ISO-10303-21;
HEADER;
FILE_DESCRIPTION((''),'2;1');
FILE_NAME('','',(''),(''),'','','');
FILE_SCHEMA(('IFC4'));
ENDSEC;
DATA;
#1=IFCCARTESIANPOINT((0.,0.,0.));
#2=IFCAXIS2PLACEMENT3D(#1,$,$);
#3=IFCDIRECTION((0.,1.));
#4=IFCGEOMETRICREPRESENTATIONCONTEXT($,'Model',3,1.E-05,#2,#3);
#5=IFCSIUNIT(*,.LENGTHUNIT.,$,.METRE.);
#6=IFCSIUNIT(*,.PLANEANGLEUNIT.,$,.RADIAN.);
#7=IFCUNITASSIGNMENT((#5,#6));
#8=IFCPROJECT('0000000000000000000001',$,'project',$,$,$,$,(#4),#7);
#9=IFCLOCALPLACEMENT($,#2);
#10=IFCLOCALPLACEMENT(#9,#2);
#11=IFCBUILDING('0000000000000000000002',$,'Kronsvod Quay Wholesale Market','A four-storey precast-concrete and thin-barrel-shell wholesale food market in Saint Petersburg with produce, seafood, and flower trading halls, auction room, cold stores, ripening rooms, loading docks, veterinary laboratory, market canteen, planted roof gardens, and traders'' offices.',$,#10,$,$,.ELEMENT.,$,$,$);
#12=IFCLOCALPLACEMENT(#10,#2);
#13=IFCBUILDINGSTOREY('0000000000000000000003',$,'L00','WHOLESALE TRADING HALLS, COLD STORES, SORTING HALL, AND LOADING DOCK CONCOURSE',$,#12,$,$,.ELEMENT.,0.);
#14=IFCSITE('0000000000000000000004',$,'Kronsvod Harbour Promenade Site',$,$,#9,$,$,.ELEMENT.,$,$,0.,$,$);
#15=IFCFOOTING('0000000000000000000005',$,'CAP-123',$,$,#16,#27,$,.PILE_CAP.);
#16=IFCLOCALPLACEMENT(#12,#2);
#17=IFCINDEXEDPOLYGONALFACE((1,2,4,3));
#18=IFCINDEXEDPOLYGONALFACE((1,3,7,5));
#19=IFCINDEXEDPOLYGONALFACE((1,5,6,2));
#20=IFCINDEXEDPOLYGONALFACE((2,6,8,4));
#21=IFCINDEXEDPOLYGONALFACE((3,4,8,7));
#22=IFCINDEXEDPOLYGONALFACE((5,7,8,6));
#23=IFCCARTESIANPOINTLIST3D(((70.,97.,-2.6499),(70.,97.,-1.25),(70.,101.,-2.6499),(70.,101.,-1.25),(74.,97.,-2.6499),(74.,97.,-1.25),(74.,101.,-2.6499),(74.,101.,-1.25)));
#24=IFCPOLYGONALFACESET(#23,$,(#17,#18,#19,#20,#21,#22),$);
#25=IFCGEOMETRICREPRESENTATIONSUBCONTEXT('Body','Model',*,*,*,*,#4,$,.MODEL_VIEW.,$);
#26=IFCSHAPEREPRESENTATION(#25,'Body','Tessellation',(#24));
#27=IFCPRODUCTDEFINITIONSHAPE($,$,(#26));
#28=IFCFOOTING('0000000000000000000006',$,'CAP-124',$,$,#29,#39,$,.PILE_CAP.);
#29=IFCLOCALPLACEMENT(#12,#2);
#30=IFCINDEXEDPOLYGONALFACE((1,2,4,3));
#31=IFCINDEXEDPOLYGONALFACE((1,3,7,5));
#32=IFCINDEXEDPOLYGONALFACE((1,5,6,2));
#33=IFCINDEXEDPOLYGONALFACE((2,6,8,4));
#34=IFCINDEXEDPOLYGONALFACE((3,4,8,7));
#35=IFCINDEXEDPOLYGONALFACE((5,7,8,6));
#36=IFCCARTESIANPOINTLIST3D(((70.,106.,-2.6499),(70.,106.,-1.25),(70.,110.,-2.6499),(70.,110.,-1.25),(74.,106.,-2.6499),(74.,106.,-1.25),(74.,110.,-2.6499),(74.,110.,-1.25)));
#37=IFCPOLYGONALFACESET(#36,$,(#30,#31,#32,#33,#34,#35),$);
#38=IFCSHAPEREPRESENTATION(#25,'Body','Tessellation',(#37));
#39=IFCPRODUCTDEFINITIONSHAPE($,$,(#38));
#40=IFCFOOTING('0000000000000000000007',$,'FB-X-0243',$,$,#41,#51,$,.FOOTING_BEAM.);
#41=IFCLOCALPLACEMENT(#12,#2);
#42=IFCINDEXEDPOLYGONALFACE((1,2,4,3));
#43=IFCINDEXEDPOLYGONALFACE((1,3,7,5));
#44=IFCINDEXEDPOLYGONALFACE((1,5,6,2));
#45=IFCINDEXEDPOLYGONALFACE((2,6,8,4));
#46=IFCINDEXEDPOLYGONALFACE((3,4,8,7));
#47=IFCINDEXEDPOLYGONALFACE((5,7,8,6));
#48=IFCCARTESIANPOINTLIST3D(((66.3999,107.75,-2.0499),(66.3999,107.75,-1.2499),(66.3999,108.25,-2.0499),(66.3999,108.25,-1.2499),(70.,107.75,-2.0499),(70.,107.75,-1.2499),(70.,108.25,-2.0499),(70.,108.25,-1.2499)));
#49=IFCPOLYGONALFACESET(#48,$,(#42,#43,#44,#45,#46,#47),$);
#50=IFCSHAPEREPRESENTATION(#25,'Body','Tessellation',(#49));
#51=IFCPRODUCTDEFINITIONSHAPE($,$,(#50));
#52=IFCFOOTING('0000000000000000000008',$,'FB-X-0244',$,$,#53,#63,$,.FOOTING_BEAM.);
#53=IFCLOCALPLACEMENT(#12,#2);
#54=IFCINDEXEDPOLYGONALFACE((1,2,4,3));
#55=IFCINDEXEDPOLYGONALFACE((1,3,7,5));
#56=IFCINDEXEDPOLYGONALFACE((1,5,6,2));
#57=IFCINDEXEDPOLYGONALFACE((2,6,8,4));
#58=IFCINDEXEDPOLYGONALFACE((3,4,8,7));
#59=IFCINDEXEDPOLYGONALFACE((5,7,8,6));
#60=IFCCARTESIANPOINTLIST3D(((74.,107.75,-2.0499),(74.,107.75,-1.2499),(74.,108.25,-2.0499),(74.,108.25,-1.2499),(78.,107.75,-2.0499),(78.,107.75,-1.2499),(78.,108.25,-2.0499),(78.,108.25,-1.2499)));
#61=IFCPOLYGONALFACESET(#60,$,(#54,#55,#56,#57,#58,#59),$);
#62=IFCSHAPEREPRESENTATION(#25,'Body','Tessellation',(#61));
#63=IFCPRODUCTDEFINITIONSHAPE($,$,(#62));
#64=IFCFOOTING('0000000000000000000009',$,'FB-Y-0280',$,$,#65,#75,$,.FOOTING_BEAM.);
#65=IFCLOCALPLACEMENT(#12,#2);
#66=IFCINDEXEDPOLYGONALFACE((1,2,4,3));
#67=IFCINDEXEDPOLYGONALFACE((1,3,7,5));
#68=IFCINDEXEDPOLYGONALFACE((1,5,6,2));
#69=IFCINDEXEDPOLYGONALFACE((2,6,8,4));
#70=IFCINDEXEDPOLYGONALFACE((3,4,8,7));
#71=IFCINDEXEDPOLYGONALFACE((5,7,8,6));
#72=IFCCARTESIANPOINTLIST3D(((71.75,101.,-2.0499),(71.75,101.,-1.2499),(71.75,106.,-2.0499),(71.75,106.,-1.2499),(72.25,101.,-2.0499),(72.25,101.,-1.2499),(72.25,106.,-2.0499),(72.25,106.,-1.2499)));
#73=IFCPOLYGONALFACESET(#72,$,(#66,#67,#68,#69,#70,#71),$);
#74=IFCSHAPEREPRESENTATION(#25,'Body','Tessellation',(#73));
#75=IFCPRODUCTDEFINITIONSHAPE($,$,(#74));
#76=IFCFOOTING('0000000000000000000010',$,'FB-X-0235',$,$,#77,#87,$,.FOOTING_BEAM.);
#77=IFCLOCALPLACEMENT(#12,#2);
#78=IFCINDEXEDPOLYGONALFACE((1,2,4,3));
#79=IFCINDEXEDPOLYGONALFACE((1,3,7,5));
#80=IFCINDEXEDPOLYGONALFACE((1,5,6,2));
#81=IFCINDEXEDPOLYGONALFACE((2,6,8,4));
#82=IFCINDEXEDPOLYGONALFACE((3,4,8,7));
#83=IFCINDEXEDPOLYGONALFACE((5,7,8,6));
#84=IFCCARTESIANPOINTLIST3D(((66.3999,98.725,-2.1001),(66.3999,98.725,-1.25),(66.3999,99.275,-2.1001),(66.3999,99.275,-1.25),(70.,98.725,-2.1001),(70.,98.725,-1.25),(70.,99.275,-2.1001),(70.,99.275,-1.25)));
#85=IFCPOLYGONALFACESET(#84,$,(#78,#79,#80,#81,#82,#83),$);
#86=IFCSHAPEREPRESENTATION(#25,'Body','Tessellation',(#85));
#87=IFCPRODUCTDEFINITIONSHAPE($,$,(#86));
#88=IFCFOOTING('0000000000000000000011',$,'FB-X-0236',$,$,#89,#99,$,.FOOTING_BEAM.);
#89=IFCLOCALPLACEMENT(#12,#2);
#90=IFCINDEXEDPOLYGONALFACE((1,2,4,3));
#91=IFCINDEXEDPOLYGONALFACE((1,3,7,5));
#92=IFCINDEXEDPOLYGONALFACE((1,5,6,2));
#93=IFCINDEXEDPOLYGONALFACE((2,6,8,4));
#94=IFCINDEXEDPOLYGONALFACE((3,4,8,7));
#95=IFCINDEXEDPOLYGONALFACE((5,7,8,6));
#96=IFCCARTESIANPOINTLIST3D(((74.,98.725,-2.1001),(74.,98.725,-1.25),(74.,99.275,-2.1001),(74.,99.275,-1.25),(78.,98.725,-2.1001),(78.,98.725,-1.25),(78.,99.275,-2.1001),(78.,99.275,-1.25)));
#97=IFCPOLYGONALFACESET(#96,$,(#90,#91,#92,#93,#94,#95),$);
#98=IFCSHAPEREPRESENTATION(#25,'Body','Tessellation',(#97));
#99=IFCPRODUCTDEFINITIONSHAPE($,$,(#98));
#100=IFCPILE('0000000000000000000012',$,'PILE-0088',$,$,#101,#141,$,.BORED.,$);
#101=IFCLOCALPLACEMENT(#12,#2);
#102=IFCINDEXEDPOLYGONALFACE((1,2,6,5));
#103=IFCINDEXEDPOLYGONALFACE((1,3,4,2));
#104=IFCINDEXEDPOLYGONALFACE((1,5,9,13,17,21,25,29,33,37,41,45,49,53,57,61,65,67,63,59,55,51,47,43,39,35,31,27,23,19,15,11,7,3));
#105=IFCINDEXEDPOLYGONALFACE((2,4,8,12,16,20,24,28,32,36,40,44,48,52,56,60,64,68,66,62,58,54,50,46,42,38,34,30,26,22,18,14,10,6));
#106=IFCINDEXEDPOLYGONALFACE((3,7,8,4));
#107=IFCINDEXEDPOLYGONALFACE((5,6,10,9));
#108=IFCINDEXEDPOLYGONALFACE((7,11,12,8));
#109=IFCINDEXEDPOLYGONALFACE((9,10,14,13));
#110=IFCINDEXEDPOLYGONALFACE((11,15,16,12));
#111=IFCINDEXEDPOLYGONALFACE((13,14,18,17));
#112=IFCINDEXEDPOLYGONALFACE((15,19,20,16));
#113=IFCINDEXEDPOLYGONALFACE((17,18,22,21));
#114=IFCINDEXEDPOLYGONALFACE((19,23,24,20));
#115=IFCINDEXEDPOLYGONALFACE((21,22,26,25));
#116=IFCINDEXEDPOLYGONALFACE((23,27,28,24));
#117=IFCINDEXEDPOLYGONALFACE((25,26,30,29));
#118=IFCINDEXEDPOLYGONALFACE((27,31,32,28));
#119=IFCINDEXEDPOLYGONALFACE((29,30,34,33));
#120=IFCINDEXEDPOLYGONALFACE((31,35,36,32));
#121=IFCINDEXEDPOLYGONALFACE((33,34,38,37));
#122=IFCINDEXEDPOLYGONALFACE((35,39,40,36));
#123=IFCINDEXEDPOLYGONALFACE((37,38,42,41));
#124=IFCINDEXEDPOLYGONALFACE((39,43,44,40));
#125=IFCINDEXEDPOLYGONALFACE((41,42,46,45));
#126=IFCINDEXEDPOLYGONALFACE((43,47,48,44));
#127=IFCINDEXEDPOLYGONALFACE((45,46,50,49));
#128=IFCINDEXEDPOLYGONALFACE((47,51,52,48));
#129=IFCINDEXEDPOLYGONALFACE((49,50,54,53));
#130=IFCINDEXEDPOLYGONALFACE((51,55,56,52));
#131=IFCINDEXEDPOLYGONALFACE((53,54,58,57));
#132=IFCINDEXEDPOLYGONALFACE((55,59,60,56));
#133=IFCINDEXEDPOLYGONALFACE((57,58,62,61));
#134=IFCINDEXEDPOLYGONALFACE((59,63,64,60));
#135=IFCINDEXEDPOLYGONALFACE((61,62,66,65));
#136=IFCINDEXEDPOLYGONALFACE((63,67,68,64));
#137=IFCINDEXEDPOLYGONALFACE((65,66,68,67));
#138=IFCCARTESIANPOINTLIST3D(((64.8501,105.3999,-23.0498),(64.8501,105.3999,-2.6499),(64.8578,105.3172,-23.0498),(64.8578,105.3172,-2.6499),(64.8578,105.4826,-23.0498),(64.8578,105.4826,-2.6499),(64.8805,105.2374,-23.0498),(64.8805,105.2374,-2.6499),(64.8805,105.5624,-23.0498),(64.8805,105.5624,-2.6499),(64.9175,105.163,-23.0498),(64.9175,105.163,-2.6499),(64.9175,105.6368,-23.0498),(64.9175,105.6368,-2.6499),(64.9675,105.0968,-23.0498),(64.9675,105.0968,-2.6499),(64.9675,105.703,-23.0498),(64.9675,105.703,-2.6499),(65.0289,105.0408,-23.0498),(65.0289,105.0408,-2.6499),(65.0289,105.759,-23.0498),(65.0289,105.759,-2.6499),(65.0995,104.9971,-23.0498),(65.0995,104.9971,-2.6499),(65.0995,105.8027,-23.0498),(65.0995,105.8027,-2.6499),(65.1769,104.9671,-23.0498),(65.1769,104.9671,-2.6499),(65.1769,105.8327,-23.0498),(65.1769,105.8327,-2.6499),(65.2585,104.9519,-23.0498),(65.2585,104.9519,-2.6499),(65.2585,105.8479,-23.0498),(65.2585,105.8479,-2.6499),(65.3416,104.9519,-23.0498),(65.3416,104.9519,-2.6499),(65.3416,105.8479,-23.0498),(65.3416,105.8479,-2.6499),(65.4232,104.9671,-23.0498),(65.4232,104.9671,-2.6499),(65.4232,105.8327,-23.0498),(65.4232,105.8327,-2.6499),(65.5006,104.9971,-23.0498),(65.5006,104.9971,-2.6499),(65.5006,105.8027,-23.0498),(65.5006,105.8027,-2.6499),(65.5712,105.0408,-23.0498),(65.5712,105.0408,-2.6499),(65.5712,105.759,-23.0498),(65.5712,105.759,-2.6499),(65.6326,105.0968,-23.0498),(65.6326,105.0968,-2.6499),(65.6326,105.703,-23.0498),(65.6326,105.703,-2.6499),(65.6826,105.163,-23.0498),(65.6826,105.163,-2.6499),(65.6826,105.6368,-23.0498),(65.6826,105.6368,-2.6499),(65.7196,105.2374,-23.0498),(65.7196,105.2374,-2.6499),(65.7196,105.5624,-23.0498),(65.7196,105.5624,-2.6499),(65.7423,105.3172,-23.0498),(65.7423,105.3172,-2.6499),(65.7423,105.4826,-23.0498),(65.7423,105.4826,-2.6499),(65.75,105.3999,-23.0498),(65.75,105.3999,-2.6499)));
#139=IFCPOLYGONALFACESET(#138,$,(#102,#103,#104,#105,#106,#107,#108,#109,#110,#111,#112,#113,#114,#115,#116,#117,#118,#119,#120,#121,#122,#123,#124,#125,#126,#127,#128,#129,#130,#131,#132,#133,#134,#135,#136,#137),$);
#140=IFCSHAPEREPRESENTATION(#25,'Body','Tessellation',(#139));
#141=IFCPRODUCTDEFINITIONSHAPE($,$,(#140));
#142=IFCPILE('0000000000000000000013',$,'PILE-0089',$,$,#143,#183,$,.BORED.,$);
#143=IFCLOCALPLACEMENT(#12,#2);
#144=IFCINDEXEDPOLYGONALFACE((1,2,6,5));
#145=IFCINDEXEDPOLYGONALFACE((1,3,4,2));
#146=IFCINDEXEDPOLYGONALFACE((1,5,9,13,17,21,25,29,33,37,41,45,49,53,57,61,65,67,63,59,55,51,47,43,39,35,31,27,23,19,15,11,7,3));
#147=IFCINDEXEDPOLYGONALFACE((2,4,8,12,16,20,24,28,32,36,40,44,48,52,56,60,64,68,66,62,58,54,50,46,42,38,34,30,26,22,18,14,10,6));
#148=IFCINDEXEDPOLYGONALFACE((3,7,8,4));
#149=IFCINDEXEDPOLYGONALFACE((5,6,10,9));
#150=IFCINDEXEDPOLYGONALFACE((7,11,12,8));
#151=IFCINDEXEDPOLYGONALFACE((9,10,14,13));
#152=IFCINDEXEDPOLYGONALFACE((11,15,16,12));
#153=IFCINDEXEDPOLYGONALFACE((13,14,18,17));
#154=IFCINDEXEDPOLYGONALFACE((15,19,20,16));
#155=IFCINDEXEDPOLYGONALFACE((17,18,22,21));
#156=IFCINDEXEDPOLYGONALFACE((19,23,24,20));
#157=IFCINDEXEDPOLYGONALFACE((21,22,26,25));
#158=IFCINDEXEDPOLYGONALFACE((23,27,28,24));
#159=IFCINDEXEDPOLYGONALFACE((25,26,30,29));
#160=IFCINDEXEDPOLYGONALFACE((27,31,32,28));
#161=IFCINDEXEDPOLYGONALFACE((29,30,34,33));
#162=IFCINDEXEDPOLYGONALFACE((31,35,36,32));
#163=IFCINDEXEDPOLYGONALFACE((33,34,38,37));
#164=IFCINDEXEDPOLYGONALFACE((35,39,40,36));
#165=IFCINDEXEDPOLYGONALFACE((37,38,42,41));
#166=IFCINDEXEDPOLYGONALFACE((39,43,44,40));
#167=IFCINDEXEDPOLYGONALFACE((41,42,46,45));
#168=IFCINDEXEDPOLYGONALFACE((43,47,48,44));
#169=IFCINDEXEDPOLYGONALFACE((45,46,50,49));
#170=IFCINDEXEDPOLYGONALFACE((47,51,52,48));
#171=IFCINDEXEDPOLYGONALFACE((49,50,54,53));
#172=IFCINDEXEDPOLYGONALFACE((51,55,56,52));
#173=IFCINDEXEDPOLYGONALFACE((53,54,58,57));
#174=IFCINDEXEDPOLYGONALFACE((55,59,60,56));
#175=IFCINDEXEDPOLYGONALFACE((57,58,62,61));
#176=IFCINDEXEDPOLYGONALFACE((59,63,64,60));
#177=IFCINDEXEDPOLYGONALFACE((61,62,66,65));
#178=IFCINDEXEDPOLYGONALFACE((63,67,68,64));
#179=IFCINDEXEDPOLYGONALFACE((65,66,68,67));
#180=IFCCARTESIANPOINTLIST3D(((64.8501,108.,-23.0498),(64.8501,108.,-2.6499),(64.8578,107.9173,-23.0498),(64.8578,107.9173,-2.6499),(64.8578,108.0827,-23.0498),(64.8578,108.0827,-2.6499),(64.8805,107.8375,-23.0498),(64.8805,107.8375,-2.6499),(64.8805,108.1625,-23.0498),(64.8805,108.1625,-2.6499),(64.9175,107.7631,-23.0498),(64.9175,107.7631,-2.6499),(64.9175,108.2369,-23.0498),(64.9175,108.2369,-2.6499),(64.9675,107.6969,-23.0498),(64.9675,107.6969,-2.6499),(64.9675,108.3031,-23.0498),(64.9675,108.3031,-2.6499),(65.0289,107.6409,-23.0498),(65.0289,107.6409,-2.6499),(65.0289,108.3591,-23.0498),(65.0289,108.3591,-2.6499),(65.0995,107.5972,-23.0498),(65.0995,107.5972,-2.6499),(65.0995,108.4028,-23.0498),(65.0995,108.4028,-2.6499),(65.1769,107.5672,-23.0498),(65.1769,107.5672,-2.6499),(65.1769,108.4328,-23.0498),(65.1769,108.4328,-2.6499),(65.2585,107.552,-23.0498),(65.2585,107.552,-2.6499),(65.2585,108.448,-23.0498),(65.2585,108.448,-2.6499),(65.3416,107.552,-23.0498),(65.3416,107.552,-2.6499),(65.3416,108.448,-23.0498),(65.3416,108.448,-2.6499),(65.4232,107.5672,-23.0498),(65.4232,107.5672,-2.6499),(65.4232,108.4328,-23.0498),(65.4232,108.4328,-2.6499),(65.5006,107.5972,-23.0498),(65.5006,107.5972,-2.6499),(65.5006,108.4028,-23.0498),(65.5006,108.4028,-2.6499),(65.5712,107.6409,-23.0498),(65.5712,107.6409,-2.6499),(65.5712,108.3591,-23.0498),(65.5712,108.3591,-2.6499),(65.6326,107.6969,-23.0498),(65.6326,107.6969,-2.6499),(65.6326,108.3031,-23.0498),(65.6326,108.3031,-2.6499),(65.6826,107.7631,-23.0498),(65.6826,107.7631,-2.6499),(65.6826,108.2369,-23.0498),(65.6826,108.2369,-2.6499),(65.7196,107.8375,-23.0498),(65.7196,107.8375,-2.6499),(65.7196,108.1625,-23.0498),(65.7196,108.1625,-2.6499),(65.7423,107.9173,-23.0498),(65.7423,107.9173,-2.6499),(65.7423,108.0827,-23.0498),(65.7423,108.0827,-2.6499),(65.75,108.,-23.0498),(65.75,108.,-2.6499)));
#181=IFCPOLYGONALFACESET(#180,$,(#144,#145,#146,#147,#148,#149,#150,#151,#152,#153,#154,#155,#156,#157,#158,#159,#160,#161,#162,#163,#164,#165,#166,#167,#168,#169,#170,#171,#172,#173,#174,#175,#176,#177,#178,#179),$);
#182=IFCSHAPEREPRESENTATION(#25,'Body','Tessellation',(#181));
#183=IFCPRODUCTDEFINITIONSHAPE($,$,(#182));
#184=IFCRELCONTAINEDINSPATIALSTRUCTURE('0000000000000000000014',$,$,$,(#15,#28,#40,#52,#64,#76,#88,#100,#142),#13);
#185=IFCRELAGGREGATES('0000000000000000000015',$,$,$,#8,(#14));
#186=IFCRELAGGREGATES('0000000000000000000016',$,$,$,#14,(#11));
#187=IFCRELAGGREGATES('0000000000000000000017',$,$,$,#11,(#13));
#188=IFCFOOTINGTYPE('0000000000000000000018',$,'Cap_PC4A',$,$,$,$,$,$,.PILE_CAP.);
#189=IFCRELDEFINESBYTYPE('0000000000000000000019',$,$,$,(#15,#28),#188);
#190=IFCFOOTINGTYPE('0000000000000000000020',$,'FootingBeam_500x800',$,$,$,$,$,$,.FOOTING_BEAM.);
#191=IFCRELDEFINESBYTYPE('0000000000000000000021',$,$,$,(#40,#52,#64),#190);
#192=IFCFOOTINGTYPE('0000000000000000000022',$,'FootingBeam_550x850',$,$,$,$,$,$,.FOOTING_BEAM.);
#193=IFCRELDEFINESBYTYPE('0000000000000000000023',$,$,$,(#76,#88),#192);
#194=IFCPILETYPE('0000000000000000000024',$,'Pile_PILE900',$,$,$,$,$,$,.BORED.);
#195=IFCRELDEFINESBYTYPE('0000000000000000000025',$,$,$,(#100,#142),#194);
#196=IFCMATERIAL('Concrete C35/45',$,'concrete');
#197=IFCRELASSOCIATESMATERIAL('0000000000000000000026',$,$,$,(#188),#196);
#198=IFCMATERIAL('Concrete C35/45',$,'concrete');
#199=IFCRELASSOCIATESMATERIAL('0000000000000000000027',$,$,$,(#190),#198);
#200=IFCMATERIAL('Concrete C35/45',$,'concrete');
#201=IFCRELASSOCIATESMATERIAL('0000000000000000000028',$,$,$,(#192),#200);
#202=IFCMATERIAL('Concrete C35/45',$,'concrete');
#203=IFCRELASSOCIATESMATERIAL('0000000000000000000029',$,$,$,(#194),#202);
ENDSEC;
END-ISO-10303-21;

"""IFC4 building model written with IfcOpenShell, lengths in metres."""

from ifc_helpers import new_model, si_unit, direction, frame, origin, origin_2d, place, context, subcontext, project, spatial, rectangle, circle, extrude, material, material_profile, profile_set, type_object, element, save


model = new_model("IFC4")

# Units and contexts
model_context = context("Model", 3, precision=1e-05, world=origin(), true_north=direction((0.0, 1.0)))
body_context = subcontext(model_context, "Body", "Model", "MODEL_VIEW")
ifc_project = project(units=[si_unit("LENGTHUNIT", "METRE"), si_unit("PLANEANGLEUNIT", "RADIAN")], contexts=[model_context])

# Site, building, storey
site_placement = place(None, origin())
site = spatial("IfcSite", under=ifc_project, at=site_placement, Name="Kronsvod Harbour Promenade Site", CompositionType="ELEMENT", RefElevation=0.0)
building_placement = place(site_placement, origin())
building = spatial("IfcBuilding", under=site, at=building_placement, Name="Kronsvod Quay Wholesale Market", Description="A four-storey precast-concrete and thin-barrel-shell wholesale food market in Saint Petersburg with produce, seafood, and flower trading halls, auction room, cold stores, ripening rooms, loading docks, veterinary laboratory, market canteen, planted roof gardens, and traders' offices.", CompositionType="ELEMENT")
storey_placement = place(building_placement, origin())
storey = spatial("IfcBuildingStorey", under=building, at=storey_placement, Name="L00", Description="WHOLESALE TRADING HALLS, COLD STORES, SORTING HALL, AND LOADING DOCK CONCOURSE", CompositionType="ELEMENT", Elevation=0.0)

# Footings
ifc_material_1 = material(Name="Concrete C35/45", Category="concrete")
footing_type_1 = type_object("IfcFootingType", Name="Cap_PC4A", PredefinedType="PILE_CAP", material=ifc_material_1)
for number, where, z_axis, x_axis, name in (
    (1, (72.0, 99.0, -2.6499), (0.0, 0.0, 1.0), (1.0, 0.0, 0.0), "CAP-123"),
    (2, (72.0, 108.0, -2.6499), (0.0, 0.0, 1.0), (1.0, 0.0, 0.0), "CAP-124"),
):
    element("IfcFooting", number, at=place(storey_placement, frame(where, z_axis=z_axis, x_axis=x_axis)), inside=storey, type_object=footing_type_1, Name=name, PredefinedType="PILE_CAP", context=body_context, shape_type="SweptSolid", body=[
        extrude(rectangle(XDim=4.0, YDim=4.0, at=origin_2d()), origin(), (0.0, 0.0, 1.0), 1.3999),
    ])
ifc_material_2 = material(Name="Concrete C35/45", Category="concrete")
ifc_material_profile_1 = material_profile(ifc_material_2, rectangle(XDim=0.5, YDim=0.8, at=origin_2d()), Name="FB-01")
ifc_profile_set_1 = profile_set([ifc_material_profile_1], Name="Concrete C35/45")
footing_type_2 = type_object("IfcFootingType", Name="FootingBeam_500x800", PredefinedType="FOOTING_BEAM", material=ifc_profile_set_1)
footing_1_placement = place(storey_placement, frame((66.3999, 108.0, -1.6499), z_axis=(1.0, 0.0, 0.0), x_axis=(0.0, 1.0, 0.0)))
element("IfcFooting", 3, at=footing_1_placement, inside=storey, type_object=footing_type_2, Name="FB-X-0243", PredefinedType="FOOTING_BEAM", context=body_context, shape_type="SweptSolid", body=[
    extrude(rectangle(XDim=0.5, YDim=0.8, at=origin_2d()), origin(), (0.0, 0.0, 1.0), 3.6001),
])
footing_2_placement = place(storey_placement, frame((74.0, 108.0, -1.6499), z_axis=(1.0, 0.0, 0.0), x_axis=(0.0, 1.0, 0.0)))
element("IfcFooting", 4, at=footing_2_placement, inside=storey, type_object=footing_type_2, Name="FB-X-0244", PredefinedType="FOOTING_BEAM", context=body_context, shape_type="SweptSolid", body=[
    extrude(rectangle(XDim=0.5, YDim=0.8, at=origin_2d()), origin(), (0.0, 0.0, 1.0), 4.0),
])
footing_3_placement = place(storey_placement, frame((72.0, 101.0, -1.6499), z_axis=(0.0, 1.0, 0.0), x_axis=(-1.0, 0.0, 0.0)))
element("IfcFooting", 5, at=footing_3_placement, inside=storey, type_object=footing_type_2, Name="FB-Y-0280", PredefinedType="FOOTING_BEAM", context=body_context, shape_type="SweptSolid", body=[
    extrude(rectangle(XDim=0.5, YDim=0.8, at=origin_2d()), origin(), (0.0, 0.0, 1.0), 5.0),
])
ifc_material_3 = material(Name="Concrete C35/45", Category="concrete")
ifc_material_profile_2 = material_profile(ifc_material_3, rectangle(XDim=0.55, YDim=0.8501, at=origin_2d()), Name="FB-03")
ifc_profile_set_2 = profile_set([ifc_material_profile_2], Name="Concrete C35/45")
footing_type_3 = type_object("IfcFootingType", Name="FootingBeam_550x850", PredefinedType="FOOTING_BEAM", material=ifc_profile_set_2)
footing_4_placement = place(storey_placement, frame((66.3999, 99.0, -1.675), z_axis=(1.0, 0.0, 0.0), x_axis=(0.0, 1.0, 0.0)))
element("IfcFooting", 6, at=footing_4_placement, inside=storey, type_object=footing_type_3, Name="FB-X-0235", PredefinedType="FOOTING_BEAM", context=body_context, shape_type="SweptSolid", body=[
    extrude(rectangle(XDim=0.55, YDim=0.8501, at=origin_2d()), origin(), (0.0, 0.0, 1.0), 3.6001),
])
footing_5_placement = place(storey_placement, frame((74.0, 99.0, -1.675), z_axis=(1.0, 0.0, 0.0), x_axis=(0.0, 1.0, 0.0)))
element("IfcFooting", 7, at=footing_5_placement, inside=storey, type_object=footing_type_3, Name="FB-X-0236", PredefinedType="FOOTING_BEAM", context=body_context, shape_type="SweptSolid", body=[
    extrude(rectangle(XDim=0.55, YDim=0.8501, at=origin_2d()), origin(), (0.0, 0.0, 1.0), 4.0),
])

# Piles
ifc_material_4 = material(Name="Concrete C35/45", Category="concrete")
ifc_material_profile_3 = material_profile(ifc_material_4, circle(Radius=0.45, at=origin_2d()), Name="PILE900")
ifc_profile_set_3 = profile_set([ifc_material_profile_3], Name="Concrete C35/45")
pile_type = type_object("IfcPileType", Name="Pile_PILE900", PredefinedType="BORED", material=ifc_profile_set_3)
for number, where, z_axis, x_axis, name in (
    (8, (65.3, 105.3999, -2.6499), (0.0, 0.0, -1.0), (1.0, 0.0, 0.0), "PILE-0088"),
    (9, (65.3, 108.0, -2.6499), (0.0, 0.0, -1.0), (1.0, 0.0, 0.0), "PILE-0089"),
):
    element("IfcPile", number, at=place(storey_placement, frame(where, z_axis=z_axis, x_axis=x_axis)), inside=storey, type_object=pile_type, Name=name, PredefinedType="BORED", context=body_context, shape_type="SweptSolid", body=[
        extrude(circle(Radius=0.45, at=origin_2d()), origin(), (0.0, 0.0, 1.0), 20.3999),
    ])

save(model, "model.ifc")
